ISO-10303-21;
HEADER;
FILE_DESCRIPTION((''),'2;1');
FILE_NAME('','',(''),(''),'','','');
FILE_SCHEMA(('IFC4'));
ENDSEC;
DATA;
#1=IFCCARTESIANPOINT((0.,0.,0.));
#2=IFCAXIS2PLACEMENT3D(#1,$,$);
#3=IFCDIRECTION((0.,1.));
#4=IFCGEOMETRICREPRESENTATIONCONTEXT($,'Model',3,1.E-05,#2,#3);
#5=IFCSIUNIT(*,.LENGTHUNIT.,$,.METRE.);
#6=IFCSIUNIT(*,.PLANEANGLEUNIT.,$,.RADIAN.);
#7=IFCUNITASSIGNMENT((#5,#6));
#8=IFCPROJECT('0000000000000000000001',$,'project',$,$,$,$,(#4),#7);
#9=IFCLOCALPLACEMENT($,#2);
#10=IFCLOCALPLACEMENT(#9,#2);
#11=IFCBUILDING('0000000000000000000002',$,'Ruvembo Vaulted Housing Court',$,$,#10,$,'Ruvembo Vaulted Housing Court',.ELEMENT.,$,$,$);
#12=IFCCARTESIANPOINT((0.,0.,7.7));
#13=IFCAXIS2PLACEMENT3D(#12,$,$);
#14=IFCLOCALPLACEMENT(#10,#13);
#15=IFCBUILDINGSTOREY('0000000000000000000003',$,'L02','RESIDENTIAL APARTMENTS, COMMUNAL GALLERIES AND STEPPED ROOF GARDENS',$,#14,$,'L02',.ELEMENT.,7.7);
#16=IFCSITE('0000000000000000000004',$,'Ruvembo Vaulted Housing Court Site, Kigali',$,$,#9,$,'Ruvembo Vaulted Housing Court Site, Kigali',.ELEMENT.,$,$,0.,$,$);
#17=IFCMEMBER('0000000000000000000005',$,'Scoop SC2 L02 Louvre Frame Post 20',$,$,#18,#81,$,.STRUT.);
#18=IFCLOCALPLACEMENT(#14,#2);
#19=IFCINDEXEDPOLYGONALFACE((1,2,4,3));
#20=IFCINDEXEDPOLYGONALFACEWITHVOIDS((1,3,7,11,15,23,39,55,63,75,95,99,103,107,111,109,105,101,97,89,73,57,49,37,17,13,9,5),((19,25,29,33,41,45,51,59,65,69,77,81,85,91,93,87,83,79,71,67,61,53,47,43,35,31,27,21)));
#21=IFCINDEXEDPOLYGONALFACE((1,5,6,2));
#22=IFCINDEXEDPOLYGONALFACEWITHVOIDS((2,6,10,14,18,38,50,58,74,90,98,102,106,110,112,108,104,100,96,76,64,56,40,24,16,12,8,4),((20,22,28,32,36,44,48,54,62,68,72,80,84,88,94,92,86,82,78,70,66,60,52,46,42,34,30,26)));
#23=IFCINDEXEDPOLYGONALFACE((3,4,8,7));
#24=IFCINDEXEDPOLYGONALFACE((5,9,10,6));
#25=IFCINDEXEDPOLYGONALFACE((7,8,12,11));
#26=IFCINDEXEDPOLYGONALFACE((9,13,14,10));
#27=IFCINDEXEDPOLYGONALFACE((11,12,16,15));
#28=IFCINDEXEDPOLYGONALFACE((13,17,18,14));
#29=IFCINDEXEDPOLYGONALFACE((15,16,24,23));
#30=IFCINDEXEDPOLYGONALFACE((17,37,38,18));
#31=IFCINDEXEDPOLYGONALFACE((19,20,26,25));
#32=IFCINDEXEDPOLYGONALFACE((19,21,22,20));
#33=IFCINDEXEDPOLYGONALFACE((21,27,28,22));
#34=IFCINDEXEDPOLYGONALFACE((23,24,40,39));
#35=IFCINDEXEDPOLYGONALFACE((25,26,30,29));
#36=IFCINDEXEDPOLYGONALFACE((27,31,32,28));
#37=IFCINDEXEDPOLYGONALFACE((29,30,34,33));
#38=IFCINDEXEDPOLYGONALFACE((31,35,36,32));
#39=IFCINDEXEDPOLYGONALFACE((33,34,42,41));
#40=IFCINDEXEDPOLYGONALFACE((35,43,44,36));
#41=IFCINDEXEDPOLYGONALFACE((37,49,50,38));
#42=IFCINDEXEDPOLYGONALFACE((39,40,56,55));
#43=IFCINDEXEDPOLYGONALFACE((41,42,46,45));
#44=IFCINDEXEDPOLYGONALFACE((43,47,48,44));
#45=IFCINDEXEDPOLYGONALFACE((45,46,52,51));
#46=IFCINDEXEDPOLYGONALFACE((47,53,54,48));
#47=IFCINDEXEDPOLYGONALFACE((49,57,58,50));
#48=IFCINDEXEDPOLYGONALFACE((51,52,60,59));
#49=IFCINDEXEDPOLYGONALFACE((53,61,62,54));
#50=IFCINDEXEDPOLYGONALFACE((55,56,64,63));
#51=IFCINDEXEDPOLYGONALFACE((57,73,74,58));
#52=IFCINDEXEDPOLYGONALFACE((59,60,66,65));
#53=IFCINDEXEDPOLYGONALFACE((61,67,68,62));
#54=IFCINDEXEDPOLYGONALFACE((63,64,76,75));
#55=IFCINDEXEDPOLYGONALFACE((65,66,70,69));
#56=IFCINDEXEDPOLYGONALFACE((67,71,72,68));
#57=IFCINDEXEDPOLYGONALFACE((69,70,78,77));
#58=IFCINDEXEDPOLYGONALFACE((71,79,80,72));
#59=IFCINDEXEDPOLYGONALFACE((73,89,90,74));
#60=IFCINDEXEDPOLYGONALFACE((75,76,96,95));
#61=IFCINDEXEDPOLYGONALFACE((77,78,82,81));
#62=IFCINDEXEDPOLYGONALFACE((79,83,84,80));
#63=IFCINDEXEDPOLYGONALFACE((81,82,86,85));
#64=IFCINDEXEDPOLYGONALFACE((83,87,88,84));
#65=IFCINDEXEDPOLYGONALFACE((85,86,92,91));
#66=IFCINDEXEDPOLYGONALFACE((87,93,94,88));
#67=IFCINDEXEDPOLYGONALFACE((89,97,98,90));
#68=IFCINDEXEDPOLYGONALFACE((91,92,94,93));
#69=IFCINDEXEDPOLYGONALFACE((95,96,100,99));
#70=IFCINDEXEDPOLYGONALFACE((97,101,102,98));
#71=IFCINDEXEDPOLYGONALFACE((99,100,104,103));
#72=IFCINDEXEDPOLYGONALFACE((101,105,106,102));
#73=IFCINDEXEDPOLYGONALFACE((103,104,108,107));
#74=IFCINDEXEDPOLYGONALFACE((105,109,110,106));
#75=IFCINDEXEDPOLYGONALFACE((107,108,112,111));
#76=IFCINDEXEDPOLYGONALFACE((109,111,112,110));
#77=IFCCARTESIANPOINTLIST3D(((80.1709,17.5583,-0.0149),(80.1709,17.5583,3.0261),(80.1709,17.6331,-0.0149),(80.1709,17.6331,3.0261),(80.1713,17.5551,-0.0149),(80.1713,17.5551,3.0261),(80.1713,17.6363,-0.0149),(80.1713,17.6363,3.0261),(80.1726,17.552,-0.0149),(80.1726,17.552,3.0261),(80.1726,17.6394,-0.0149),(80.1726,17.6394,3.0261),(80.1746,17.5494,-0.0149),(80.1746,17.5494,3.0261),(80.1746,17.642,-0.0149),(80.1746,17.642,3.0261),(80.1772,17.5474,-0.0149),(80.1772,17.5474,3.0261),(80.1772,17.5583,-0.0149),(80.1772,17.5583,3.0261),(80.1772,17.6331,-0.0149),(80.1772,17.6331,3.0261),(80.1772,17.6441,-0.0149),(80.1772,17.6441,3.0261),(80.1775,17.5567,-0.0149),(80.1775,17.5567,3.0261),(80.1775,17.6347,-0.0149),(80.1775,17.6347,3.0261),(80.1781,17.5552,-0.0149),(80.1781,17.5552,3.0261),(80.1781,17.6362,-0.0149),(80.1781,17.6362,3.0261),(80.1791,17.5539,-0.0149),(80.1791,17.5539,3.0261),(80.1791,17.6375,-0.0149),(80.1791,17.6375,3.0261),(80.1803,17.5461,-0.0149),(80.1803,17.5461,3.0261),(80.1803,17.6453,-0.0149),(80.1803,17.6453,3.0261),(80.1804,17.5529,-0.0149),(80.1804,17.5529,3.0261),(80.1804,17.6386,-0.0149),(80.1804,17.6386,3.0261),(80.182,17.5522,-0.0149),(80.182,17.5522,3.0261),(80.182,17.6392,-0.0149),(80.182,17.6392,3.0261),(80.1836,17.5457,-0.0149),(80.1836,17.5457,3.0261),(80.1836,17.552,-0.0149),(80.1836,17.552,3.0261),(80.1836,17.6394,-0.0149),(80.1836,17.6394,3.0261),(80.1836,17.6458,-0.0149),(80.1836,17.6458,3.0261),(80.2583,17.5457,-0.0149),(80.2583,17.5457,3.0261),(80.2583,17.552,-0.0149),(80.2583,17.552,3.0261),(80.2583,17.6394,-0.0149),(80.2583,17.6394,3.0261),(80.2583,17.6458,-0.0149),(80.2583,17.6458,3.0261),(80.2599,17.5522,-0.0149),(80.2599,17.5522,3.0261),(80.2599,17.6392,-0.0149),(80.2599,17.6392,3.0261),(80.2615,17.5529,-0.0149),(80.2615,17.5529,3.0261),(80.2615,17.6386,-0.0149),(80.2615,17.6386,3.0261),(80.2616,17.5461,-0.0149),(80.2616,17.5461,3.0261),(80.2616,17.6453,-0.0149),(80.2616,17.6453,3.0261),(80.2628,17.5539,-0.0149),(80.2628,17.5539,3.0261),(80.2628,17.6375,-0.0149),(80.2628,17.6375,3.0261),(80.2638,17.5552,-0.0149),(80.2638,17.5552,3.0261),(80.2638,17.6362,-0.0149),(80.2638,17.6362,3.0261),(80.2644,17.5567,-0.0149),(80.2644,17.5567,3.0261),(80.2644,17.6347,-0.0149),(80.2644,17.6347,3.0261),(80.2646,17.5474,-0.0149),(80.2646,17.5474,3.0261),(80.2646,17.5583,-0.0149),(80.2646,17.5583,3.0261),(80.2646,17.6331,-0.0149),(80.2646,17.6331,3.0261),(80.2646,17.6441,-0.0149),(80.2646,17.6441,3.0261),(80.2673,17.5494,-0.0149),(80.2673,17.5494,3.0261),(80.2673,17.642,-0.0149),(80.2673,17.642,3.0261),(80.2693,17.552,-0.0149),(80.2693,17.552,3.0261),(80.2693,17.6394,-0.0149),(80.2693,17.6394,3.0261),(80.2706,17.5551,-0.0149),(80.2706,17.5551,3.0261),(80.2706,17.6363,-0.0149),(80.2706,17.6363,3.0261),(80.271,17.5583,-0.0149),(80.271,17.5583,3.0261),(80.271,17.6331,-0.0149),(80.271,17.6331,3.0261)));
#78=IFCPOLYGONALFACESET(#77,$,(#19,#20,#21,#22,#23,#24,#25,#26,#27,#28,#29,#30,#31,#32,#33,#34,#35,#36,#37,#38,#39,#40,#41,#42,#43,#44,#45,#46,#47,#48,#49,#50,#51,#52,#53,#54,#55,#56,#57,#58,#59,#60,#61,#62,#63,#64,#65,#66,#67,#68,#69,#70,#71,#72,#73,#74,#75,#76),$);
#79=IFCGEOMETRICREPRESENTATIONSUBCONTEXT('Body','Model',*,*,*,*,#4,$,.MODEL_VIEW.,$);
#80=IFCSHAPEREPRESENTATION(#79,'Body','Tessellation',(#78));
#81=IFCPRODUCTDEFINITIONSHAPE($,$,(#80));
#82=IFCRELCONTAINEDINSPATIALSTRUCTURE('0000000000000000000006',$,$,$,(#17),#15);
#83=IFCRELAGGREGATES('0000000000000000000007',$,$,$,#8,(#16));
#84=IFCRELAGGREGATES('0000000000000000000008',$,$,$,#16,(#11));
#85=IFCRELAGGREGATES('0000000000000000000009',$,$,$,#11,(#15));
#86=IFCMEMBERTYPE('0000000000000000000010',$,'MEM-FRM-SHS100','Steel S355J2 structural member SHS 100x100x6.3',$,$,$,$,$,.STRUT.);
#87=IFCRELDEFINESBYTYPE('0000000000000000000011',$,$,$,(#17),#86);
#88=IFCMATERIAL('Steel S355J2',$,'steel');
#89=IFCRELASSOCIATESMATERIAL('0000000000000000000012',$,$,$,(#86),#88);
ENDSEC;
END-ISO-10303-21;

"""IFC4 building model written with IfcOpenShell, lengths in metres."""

from ifc_helpers import new_model, si_unit, direction, frame, origin, origin_2d, place, context, subcontext, project, spatial, hollow_rectangle, extrude, material, material_profile, profile_set, type_object, element, save


model = new_model("IFC4")

# Units and contexts
model_context = context("Model", 3, precision=1e-05, world=origin(), true_north=direction((0.0, 1.0)))
body_context = subcontext(model_context, "Body", "Model", "MODEL_VIEW")
ifc_project = project(units=[si_unit("LENGTHUNIT", "METRE"), si_unit("PLANEANGLEUNIT", "RADIAN")], contexts=[model_context])

# Site, building, storey
site_placement = place(None, origin())
site = spatial("IfcSite", under=ifc_project, at=site_placement, Name="Ruvembo Vaulted Housing Court Site, Kigali", LongName="Ruvembo Vaulted Housing Court Site, Kigali", CompositionType="ELEMENT", RefElevation=0.0)
building_placement = place(site_placement, origin())
building = spatial("IfcBuilding", under=site, at=building_placement, Name="Ruvembo Vaulted Housing Court", LongName="Ruvembo Vaulted Housing Court", CompositionType="ELEMENT")
storey_placement = place(building_placement, frame((0.0, 0.0, 7.7)))
storey = spatial("IfcBuildingStorey", under=building, at=storey_placement, Name="L02", Description="RESIDENTIAL APARTMENTS, COMMUNAL GALLERIES AND STEPPED ROOF GARDENS", LongName="L02", CompositionType="ELEMENT", Elevation=7.7)

# Shared definitions
ifc_material_1 = material(Name="Steel S355J2", Category="steel")

# Member
ifc_material_profile_1 = material_profile(ifc_material_1, hollow_rectangle(XDim=0.1001, YDim=0.1001, WallThickness=0.0063, InnerFilletRadius=0.0063, OuterFilletRadius=0.0127, at=origin_2d()), Name="SHS 100x100x6.3")
ifc_profile_set_1 = profile_set([ifc_material_profile_1], Name="Steel S355J2")
member_type_1 = type_object("IfcMemberType", Name="MEM-FRM-SHS100", Description="Steel S355J2 structural member SHS 100x100x6.3", PredefinedType="STRUT", material=ifc_profile_set_1)
for number, where, z_axis, x_axis, name in (
    (1, (80.2209, 17.5957, -0.0149), (0.0, 0.0, 1.0), (1.0, 0.0, 0.0), "Scoop SC2 L02 Louvre Frame Post 20"),
):
    element("IfcMember", number, at=place(storey_placement, frame(where, z_axis=z_axis, x_axis=x_axis)), inside=storey, type_object=member_type_1, Name=name, PredefinedType="STRUT", context=body_context, shape_type="SweptSolid", body=[
        extrude(hollow_rectangle(XDim=0.1001, YDim=0.1001, WallThickness=0.0063, InnerFilletRadius=0.0063, OuterFilletRadius=0.0127, at=origin_2d()), origin(), (0.0, 0.0, 1.0), 3.041),
    ])

save(model, "model.ifc")
